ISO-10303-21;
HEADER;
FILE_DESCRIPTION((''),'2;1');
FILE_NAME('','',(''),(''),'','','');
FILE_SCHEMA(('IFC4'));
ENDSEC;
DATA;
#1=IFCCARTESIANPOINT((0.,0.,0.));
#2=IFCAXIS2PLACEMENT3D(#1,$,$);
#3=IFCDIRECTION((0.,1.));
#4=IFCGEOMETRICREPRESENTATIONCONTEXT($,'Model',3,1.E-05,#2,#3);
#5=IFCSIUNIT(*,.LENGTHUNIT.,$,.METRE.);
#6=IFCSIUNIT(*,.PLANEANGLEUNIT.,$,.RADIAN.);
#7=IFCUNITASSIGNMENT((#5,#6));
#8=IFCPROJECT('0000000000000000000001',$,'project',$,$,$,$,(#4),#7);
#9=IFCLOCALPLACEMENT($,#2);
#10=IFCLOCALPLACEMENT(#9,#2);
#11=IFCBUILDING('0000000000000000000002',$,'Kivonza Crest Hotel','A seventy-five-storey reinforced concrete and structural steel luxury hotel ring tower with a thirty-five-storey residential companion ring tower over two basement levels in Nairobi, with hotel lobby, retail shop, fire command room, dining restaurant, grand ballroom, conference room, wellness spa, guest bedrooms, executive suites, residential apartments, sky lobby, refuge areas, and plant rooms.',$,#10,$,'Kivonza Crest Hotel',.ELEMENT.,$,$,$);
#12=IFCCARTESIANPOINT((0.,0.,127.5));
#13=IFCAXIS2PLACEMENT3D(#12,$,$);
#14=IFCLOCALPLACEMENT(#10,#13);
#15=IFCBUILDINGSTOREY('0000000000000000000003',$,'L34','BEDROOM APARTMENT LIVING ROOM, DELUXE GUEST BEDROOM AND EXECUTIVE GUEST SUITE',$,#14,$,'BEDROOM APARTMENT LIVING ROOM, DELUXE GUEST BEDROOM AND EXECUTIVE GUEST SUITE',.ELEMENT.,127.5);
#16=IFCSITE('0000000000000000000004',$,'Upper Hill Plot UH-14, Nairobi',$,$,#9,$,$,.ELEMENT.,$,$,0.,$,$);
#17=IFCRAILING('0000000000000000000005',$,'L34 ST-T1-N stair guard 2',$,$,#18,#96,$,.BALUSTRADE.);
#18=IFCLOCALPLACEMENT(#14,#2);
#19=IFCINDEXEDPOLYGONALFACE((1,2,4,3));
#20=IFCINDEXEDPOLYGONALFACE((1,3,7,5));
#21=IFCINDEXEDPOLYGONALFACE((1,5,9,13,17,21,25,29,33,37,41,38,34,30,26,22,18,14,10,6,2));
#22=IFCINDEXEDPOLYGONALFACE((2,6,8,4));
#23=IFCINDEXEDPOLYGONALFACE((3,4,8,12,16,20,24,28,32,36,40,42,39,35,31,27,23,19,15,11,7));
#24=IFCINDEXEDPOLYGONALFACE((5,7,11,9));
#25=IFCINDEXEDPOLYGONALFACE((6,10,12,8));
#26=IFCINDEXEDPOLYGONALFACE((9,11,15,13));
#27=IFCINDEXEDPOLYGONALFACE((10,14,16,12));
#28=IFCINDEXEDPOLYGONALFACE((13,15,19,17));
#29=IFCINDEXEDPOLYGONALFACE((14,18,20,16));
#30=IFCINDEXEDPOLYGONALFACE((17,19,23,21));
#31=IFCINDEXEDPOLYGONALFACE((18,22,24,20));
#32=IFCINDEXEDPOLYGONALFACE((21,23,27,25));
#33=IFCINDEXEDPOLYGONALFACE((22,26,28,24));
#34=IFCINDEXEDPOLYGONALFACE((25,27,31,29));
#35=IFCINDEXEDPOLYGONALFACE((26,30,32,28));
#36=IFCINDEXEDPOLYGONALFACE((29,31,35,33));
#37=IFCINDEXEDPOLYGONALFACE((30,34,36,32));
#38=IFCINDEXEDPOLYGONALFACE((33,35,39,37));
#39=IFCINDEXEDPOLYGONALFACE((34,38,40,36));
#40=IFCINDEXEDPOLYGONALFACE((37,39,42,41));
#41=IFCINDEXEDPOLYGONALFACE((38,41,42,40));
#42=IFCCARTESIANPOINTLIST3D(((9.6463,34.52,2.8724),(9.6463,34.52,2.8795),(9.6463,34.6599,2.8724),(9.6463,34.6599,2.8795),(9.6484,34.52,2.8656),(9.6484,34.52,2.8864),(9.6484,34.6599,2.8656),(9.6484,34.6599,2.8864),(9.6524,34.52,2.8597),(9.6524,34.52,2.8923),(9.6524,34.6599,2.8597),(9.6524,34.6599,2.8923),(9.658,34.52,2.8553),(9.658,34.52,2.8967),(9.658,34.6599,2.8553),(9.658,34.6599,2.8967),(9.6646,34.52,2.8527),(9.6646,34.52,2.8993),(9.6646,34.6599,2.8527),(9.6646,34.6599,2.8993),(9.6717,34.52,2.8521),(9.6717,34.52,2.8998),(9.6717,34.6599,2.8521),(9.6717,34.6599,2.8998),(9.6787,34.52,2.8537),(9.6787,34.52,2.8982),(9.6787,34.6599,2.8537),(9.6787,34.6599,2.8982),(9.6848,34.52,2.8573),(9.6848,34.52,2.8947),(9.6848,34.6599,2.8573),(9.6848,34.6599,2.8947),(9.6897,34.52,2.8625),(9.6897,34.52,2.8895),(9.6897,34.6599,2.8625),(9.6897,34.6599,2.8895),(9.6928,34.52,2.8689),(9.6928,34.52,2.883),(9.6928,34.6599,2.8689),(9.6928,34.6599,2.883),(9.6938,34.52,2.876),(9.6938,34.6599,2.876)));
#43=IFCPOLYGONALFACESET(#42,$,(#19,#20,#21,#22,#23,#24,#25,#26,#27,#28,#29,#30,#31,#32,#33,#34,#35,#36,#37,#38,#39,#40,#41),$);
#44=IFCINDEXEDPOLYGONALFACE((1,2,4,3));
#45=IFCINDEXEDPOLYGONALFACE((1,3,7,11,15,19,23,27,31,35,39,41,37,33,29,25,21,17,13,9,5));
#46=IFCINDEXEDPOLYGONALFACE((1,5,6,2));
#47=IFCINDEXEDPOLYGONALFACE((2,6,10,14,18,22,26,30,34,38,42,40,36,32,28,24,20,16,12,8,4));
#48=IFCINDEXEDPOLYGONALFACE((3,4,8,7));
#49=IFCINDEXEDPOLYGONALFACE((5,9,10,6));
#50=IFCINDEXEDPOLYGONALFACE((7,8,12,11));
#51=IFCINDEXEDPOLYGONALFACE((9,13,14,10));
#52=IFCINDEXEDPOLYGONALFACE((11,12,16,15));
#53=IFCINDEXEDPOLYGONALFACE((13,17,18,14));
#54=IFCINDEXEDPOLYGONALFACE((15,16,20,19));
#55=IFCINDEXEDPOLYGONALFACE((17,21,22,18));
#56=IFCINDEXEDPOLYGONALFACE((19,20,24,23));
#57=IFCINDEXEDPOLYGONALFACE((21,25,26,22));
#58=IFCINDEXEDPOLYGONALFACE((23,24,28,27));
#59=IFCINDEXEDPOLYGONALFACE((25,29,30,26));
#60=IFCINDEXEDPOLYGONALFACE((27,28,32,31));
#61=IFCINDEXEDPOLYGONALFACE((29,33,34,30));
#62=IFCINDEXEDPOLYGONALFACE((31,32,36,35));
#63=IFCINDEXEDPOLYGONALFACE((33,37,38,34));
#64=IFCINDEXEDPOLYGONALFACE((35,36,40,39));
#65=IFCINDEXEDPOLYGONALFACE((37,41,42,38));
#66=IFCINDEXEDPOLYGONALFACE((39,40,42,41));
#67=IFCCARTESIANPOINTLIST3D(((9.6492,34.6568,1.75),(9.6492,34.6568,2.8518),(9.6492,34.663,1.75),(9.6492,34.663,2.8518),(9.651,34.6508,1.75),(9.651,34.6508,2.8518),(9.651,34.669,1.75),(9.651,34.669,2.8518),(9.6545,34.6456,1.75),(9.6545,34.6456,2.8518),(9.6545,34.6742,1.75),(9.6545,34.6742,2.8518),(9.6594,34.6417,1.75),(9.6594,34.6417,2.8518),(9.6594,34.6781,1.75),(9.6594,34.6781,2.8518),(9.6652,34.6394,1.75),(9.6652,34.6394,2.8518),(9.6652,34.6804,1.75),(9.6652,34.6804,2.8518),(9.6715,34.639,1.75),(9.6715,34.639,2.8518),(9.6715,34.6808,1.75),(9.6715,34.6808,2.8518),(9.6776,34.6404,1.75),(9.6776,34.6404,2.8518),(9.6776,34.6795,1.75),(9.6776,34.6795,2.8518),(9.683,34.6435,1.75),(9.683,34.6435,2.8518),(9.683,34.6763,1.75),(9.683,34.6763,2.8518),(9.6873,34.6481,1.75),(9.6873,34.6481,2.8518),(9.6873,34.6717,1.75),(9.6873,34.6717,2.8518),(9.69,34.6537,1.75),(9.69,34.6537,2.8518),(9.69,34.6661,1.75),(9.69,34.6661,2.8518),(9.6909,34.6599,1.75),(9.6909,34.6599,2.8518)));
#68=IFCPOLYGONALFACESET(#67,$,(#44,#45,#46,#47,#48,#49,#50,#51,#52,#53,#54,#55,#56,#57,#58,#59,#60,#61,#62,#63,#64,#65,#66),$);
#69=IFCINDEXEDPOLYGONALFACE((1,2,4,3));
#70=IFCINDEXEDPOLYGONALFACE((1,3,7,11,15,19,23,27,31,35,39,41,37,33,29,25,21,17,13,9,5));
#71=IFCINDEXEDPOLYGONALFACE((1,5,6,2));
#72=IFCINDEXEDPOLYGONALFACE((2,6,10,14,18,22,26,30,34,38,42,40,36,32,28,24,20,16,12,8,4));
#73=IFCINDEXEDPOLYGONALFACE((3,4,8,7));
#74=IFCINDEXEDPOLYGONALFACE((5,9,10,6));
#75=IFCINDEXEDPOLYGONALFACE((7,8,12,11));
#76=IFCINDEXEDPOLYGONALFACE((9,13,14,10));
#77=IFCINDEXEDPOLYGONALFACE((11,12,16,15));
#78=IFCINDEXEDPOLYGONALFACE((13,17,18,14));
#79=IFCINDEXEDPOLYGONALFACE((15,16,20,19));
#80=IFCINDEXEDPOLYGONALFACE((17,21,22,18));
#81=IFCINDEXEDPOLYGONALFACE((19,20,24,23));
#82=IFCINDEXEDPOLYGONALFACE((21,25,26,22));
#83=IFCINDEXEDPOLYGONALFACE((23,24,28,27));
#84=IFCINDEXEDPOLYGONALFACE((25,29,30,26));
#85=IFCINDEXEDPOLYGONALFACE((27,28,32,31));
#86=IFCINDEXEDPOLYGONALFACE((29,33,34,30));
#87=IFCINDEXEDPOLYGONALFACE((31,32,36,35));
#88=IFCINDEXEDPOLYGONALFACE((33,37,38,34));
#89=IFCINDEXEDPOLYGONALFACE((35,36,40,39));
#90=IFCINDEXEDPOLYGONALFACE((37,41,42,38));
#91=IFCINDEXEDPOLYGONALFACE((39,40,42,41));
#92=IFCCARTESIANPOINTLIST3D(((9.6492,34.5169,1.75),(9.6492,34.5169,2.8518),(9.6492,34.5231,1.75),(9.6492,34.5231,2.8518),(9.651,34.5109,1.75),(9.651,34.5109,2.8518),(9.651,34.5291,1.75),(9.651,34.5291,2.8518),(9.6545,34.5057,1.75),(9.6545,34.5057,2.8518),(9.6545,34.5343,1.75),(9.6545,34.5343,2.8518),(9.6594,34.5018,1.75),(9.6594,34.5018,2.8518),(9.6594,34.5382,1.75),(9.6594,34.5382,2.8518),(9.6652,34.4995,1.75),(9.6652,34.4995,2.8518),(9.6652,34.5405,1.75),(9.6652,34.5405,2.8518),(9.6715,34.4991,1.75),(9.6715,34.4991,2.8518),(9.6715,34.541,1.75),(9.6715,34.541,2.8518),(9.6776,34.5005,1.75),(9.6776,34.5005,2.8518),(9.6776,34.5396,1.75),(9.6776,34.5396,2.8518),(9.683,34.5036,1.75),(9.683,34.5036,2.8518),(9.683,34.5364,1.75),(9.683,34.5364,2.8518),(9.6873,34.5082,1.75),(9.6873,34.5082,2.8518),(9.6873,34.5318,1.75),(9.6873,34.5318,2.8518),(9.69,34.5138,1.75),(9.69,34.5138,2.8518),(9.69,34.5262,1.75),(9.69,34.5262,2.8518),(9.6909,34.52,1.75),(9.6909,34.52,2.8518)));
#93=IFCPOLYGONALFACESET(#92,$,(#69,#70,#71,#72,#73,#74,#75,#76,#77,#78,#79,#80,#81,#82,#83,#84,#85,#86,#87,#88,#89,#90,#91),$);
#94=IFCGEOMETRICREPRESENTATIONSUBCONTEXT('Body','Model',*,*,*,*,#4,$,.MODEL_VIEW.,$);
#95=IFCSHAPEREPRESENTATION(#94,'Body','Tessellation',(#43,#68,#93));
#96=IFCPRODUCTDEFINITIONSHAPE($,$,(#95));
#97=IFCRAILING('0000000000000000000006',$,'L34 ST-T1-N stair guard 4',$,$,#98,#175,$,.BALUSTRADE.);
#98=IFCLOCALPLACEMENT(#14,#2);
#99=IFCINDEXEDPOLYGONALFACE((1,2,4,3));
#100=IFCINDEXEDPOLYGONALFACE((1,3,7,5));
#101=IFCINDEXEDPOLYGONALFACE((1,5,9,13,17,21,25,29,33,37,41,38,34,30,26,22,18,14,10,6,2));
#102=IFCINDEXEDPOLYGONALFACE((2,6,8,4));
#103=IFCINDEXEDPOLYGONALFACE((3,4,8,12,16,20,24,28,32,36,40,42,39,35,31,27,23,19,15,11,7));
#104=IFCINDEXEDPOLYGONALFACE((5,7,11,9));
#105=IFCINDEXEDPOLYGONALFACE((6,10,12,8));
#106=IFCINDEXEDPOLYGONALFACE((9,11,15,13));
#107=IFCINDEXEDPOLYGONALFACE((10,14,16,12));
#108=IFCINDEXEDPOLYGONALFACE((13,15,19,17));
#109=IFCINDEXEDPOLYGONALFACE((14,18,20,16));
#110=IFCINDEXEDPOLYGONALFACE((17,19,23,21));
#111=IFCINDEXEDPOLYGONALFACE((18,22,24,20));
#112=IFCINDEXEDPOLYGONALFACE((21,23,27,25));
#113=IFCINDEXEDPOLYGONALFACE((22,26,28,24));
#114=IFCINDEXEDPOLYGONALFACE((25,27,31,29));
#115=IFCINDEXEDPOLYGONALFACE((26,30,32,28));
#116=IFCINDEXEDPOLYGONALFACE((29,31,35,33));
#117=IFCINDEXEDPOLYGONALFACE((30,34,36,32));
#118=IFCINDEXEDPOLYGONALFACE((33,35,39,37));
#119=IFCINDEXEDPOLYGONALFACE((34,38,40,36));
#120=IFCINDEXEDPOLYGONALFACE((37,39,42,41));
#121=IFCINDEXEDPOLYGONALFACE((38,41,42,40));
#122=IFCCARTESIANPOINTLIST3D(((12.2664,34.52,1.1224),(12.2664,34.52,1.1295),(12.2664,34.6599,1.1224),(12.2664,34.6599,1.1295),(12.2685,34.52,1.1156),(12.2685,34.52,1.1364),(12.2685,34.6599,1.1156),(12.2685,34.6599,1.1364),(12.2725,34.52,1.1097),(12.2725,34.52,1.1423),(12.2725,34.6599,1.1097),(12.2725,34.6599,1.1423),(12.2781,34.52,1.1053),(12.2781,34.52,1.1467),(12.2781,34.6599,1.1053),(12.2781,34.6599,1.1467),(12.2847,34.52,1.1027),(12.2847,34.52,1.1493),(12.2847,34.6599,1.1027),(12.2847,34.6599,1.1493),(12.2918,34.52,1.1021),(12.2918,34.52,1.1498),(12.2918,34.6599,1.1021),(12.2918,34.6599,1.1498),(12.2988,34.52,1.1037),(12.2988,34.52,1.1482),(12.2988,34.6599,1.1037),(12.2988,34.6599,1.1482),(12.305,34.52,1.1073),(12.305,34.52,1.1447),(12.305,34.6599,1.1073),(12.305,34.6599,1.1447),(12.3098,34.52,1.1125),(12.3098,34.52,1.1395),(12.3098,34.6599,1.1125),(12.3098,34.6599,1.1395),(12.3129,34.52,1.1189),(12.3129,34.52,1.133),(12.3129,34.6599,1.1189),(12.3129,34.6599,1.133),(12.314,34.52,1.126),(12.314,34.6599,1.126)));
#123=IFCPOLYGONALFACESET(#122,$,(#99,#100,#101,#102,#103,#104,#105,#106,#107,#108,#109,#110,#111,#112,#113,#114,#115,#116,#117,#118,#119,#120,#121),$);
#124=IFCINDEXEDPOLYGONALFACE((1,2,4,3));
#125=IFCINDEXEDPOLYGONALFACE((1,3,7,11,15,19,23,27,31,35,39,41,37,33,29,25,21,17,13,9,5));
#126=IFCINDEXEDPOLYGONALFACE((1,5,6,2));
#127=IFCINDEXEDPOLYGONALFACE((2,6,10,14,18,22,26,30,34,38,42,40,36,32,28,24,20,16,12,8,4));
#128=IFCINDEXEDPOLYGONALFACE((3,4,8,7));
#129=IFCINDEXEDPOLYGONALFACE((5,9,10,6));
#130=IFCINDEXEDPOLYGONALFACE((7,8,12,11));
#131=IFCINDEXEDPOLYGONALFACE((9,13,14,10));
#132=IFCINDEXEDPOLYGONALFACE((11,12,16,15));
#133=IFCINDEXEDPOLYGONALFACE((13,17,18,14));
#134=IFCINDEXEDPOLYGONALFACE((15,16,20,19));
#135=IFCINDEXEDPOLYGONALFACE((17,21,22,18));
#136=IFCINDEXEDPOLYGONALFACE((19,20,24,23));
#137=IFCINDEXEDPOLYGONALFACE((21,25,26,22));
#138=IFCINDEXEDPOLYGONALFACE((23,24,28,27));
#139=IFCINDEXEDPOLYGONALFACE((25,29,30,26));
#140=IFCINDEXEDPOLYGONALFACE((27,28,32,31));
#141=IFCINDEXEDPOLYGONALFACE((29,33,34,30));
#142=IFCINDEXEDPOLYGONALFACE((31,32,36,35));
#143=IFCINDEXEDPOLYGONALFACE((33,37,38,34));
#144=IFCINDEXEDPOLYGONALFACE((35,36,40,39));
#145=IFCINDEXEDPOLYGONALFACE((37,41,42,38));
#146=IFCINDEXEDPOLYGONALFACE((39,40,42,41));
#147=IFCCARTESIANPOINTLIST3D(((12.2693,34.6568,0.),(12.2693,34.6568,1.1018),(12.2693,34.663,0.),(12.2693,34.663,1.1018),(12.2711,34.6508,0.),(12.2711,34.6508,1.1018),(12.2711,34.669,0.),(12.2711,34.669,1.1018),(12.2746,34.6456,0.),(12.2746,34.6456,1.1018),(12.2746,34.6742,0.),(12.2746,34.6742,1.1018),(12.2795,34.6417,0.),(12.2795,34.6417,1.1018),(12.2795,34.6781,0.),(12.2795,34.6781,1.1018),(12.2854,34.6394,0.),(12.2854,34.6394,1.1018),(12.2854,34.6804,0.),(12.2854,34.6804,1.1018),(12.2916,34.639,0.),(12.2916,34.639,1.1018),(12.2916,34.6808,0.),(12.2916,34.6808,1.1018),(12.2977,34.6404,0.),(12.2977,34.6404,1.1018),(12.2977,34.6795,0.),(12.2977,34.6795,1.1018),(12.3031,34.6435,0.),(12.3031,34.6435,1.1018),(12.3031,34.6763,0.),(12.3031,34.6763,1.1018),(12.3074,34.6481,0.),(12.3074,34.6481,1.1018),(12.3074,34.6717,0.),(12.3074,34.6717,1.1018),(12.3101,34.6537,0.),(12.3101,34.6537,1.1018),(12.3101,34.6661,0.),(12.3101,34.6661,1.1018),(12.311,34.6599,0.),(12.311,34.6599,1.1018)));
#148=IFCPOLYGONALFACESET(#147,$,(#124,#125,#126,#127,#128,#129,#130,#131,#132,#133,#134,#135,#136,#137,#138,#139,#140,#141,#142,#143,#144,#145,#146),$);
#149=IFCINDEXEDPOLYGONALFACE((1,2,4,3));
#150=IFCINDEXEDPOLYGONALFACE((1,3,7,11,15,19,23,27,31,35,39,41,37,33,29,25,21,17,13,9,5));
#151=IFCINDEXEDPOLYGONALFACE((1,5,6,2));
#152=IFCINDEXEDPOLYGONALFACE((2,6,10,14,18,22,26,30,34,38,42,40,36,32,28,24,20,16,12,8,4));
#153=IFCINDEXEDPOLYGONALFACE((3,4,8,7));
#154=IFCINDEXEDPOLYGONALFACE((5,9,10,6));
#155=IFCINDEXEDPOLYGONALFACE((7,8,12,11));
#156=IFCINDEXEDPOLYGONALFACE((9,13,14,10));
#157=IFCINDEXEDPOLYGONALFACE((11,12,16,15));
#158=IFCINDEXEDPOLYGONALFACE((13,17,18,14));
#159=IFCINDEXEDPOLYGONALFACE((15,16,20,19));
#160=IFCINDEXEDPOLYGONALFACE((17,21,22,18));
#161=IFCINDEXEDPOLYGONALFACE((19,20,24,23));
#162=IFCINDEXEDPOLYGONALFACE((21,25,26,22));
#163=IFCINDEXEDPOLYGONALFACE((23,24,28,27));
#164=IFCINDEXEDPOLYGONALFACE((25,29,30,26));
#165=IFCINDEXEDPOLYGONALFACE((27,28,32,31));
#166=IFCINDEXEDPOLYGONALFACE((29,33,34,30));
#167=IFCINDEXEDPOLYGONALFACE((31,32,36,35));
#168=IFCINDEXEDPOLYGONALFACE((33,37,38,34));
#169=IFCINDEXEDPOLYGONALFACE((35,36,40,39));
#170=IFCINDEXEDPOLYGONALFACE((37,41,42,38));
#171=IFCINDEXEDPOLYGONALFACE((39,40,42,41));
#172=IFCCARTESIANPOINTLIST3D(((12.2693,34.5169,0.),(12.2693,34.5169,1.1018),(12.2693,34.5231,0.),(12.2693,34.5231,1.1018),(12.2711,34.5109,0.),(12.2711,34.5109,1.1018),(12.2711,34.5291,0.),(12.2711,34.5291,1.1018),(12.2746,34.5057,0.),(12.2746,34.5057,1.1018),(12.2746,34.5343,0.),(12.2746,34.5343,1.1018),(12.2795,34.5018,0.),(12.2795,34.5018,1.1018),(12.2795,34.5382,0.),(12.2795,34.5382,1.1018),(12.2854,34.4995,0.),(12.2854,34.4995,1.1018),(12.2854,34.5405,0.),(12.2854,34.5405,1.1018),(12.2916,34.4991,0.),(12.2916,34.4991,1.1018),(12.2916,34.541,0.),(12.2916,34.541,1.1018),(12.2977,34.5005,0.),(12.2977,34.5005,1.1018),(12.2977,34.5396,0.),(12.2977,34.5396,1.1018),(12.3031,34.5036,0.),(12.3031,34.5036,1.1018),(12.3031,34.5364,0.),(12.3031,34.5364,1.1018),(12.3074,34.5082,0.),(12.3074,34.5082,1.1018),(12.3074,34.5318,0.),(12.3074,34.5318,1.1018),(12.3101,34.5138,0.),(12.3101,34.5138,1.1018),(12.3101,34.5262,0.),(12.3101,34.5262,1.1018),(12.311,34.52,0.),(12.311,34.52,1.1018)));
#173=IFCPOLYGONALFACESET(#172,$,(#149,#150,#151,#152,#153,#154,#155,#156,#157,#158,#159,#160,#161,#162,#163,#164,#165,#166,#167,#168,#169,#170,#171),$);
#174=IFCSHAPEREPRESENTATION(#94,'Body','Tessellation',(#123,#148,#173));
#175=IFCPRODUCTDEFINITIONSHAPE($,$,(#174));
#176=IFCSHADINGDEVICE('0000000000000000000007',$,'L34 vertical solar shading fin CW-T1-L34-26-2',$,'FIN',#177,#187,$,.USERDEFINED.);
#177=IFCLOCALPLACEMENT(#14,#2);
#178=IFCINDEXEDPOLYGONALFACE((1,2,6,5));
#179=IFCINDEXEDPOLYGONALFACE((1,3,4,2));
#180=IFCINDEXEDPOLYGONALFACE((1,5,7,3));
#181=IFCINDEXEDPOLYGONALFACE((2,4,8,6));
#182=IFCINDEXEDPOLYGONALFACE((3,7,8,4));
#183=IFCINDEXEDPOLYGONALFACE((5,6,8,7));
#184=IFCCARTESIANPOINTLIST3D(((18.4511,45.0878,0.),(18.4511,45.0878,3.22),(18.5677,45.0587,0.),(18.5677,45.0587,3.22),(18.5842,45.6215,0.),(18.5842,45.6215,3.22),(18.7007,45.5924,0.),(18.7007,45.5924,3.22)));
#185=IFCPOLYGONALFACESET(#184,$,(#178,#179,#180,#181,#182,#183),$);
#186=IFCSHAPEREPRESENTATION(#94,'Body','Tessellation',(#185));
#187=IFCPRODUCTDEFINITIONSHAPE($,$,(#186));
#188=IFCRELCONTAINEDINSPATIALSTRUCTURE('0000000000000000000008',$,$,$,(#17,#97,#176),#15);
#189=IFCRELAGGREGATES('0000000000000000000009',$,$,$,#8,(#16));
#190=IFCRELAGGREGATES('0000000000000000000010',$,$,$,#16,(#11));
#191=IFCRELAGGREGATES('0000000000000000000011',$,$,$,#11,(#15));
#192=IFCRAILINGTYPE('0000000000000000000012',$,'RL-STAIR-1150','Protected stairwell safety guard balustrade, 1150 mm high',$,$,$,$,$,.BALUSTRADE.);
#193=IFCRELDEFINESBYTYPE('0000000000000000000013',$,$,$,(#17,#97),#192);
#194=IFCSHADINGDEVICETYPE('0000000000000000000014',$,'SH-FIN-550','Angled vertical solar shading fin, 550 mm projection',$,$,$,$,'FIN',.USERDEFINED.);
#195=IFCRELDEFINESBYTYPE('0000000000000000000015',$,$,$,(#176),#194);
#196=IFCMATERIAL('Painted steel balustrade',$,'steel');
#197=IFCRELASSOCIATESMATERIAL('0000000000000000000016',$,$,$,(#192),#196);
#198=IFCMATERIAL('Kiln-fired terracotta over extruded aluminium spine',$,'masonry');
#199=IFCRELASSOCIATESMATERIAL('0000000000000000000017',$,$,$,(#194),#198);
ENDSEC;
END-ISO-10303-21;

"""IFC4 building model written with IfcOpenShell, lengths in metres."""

from ifc_helpers import new_model, si_unit, direction, frame, origin, origin_2d, place, context, subcontext, project, spatial, rectangle, circle, extrude, material, type_object, element, save


model = new_model("IFC4")

# Units and contexts
model_context = context("Model", 3, precision=1e-05, world=origin(), true_north=direction((0.0, 1.0)))
body_context = subcontext(model_context, "Body", "Model", "MODEL_VIEW")
ifc_project = project(units=[si_unit("LENGTHUNIT", "METRE"), si_unit("PLANEANGLEUNIT", "RADIAN")], contexts=[model_context])

# Site, building, storey
site_placement = place(None, origin())
site = spatial("IfcSite", under=ifc_project, at=site_placement, Name="Upper Hill Plot UH-14, Nairobi", CompositionType="ELEMENT", RefElevation=0.0)
building_placement = place(site_placement, origin())
building = spatial("IfcBuilding", under=site, at=building_placement, Name="Kivonza Crest Hotel", Description="A seventy-five-storey reinforced concrete and structural steel luxury hotel ring tower with a thirty-five-storey residential companion ring tower over two basement levels in Nairobi, with hotel lobby, retail shop, fire command room, dining restaurant, grand ballroom, conference room, wellness spa, guest bedrooms, executive suites, residential apartments, sky lobby, refuge areas, and plant rooms.", LongName="Kivonza Crest Hotel", CompositionType="ELEMENT")
storey_placement = place(building_placement, frame((0.0, 0.0, 127.5)))
storey = spatial("IfcBuildingStorey", under=building, at=storey_placement, Name="L34", Description="BEDROOM APARTMENT LIVING ROOM, DELUXE GUEST BEDROOM AND EXECUTIVE GUEST SUITE", LongName="BEDROOM APARTMENT LIVING ROOM, DELUXE GUEST BEDROOM AND EXECUTIVE GUEST SUITE", CompositionType="ELEMENT", Elevation=127.5)

# Railings
ifc_material_1 = material(Name="Painted steel balustrade", Category="steel")
railing_type_1 = type_object("IfcRailingType", Name="RL-STAIR-1150", Description="Protected stairwell safety guard balustrade, 1150 mm high", PredefinedType="BALUSTRADE", material=ifc_material_1)
for number, where, name in (
    (1, (9.6699, 34.6599, 1.75), "L34 ST-T1-N stair guard 2"),
    (2, (12.29, 34.6599, 0.0), "L34 ST-T1-N stair guard 4"),
):
    element("IfcRailing", number, at=place(storey_placement, frame(where)), inside=storey, type_object=railing_type_1, Name=name, PredefinedType="BALUSTRADE", context=body_context, shape_type="SweptSolid", body=[
        extrude(circle(Radius=0.0239, at=origin_2d()), frame((0.0, 0.0, 1.126), z_axis=(0.0, -1.0, 0.0), x_axis=(1.0, 0.0, 0.0)), (0.0, 0.0, 1.0), 0.1399),
        extrude(circle(Radius=0.021, at=origin_2d()), origin(), (0.0, 0.0, 1.0), 1.1018),
        extrude(circle(Radius=0.021, at=origin_2d()), frame((0.0, -0.1399, 0.0)), (0.0, 0.0, 1.0), 1.1018),
    ])

# Shading device
ifc_material_2 = material(Name="Kiln-fired terracotta over extruded aluminium spine", Category="masonry")
shading_device_type = type_object("IfcShadingDeviceType", Name="SH-FIN-550", Description="Angled vertical solar shading fin, 550 mm projection", ElementType="FIN", PredefinedType="USERDEFINED", material=ifc_material_2)
shading_device_placement = place(storey_placement, frame((18.5759, 45.3401, 0.0), z_axis=(0.0, 0.0, 1.0), x_axis=(-0.970296, 0.241922, 0.0)))
element("IfcShadingDevice", 3, at=shading_device_placement, inside=storey, type_object=shading_device_type, Name="L34 vertical solar shading fin CW-T1-L34-26-2", ObjectType="FIN", PredefinedType="USERDEFINED", context=body_context, shape_type="SweptSolid", body=[
    extrude(rectangle(XDim=0.1201, YDim=0.55, at=origin_2d()), origin(), (0.0, 0.0, 1.0), 3.22),
])

save(model, "model.ifc")
